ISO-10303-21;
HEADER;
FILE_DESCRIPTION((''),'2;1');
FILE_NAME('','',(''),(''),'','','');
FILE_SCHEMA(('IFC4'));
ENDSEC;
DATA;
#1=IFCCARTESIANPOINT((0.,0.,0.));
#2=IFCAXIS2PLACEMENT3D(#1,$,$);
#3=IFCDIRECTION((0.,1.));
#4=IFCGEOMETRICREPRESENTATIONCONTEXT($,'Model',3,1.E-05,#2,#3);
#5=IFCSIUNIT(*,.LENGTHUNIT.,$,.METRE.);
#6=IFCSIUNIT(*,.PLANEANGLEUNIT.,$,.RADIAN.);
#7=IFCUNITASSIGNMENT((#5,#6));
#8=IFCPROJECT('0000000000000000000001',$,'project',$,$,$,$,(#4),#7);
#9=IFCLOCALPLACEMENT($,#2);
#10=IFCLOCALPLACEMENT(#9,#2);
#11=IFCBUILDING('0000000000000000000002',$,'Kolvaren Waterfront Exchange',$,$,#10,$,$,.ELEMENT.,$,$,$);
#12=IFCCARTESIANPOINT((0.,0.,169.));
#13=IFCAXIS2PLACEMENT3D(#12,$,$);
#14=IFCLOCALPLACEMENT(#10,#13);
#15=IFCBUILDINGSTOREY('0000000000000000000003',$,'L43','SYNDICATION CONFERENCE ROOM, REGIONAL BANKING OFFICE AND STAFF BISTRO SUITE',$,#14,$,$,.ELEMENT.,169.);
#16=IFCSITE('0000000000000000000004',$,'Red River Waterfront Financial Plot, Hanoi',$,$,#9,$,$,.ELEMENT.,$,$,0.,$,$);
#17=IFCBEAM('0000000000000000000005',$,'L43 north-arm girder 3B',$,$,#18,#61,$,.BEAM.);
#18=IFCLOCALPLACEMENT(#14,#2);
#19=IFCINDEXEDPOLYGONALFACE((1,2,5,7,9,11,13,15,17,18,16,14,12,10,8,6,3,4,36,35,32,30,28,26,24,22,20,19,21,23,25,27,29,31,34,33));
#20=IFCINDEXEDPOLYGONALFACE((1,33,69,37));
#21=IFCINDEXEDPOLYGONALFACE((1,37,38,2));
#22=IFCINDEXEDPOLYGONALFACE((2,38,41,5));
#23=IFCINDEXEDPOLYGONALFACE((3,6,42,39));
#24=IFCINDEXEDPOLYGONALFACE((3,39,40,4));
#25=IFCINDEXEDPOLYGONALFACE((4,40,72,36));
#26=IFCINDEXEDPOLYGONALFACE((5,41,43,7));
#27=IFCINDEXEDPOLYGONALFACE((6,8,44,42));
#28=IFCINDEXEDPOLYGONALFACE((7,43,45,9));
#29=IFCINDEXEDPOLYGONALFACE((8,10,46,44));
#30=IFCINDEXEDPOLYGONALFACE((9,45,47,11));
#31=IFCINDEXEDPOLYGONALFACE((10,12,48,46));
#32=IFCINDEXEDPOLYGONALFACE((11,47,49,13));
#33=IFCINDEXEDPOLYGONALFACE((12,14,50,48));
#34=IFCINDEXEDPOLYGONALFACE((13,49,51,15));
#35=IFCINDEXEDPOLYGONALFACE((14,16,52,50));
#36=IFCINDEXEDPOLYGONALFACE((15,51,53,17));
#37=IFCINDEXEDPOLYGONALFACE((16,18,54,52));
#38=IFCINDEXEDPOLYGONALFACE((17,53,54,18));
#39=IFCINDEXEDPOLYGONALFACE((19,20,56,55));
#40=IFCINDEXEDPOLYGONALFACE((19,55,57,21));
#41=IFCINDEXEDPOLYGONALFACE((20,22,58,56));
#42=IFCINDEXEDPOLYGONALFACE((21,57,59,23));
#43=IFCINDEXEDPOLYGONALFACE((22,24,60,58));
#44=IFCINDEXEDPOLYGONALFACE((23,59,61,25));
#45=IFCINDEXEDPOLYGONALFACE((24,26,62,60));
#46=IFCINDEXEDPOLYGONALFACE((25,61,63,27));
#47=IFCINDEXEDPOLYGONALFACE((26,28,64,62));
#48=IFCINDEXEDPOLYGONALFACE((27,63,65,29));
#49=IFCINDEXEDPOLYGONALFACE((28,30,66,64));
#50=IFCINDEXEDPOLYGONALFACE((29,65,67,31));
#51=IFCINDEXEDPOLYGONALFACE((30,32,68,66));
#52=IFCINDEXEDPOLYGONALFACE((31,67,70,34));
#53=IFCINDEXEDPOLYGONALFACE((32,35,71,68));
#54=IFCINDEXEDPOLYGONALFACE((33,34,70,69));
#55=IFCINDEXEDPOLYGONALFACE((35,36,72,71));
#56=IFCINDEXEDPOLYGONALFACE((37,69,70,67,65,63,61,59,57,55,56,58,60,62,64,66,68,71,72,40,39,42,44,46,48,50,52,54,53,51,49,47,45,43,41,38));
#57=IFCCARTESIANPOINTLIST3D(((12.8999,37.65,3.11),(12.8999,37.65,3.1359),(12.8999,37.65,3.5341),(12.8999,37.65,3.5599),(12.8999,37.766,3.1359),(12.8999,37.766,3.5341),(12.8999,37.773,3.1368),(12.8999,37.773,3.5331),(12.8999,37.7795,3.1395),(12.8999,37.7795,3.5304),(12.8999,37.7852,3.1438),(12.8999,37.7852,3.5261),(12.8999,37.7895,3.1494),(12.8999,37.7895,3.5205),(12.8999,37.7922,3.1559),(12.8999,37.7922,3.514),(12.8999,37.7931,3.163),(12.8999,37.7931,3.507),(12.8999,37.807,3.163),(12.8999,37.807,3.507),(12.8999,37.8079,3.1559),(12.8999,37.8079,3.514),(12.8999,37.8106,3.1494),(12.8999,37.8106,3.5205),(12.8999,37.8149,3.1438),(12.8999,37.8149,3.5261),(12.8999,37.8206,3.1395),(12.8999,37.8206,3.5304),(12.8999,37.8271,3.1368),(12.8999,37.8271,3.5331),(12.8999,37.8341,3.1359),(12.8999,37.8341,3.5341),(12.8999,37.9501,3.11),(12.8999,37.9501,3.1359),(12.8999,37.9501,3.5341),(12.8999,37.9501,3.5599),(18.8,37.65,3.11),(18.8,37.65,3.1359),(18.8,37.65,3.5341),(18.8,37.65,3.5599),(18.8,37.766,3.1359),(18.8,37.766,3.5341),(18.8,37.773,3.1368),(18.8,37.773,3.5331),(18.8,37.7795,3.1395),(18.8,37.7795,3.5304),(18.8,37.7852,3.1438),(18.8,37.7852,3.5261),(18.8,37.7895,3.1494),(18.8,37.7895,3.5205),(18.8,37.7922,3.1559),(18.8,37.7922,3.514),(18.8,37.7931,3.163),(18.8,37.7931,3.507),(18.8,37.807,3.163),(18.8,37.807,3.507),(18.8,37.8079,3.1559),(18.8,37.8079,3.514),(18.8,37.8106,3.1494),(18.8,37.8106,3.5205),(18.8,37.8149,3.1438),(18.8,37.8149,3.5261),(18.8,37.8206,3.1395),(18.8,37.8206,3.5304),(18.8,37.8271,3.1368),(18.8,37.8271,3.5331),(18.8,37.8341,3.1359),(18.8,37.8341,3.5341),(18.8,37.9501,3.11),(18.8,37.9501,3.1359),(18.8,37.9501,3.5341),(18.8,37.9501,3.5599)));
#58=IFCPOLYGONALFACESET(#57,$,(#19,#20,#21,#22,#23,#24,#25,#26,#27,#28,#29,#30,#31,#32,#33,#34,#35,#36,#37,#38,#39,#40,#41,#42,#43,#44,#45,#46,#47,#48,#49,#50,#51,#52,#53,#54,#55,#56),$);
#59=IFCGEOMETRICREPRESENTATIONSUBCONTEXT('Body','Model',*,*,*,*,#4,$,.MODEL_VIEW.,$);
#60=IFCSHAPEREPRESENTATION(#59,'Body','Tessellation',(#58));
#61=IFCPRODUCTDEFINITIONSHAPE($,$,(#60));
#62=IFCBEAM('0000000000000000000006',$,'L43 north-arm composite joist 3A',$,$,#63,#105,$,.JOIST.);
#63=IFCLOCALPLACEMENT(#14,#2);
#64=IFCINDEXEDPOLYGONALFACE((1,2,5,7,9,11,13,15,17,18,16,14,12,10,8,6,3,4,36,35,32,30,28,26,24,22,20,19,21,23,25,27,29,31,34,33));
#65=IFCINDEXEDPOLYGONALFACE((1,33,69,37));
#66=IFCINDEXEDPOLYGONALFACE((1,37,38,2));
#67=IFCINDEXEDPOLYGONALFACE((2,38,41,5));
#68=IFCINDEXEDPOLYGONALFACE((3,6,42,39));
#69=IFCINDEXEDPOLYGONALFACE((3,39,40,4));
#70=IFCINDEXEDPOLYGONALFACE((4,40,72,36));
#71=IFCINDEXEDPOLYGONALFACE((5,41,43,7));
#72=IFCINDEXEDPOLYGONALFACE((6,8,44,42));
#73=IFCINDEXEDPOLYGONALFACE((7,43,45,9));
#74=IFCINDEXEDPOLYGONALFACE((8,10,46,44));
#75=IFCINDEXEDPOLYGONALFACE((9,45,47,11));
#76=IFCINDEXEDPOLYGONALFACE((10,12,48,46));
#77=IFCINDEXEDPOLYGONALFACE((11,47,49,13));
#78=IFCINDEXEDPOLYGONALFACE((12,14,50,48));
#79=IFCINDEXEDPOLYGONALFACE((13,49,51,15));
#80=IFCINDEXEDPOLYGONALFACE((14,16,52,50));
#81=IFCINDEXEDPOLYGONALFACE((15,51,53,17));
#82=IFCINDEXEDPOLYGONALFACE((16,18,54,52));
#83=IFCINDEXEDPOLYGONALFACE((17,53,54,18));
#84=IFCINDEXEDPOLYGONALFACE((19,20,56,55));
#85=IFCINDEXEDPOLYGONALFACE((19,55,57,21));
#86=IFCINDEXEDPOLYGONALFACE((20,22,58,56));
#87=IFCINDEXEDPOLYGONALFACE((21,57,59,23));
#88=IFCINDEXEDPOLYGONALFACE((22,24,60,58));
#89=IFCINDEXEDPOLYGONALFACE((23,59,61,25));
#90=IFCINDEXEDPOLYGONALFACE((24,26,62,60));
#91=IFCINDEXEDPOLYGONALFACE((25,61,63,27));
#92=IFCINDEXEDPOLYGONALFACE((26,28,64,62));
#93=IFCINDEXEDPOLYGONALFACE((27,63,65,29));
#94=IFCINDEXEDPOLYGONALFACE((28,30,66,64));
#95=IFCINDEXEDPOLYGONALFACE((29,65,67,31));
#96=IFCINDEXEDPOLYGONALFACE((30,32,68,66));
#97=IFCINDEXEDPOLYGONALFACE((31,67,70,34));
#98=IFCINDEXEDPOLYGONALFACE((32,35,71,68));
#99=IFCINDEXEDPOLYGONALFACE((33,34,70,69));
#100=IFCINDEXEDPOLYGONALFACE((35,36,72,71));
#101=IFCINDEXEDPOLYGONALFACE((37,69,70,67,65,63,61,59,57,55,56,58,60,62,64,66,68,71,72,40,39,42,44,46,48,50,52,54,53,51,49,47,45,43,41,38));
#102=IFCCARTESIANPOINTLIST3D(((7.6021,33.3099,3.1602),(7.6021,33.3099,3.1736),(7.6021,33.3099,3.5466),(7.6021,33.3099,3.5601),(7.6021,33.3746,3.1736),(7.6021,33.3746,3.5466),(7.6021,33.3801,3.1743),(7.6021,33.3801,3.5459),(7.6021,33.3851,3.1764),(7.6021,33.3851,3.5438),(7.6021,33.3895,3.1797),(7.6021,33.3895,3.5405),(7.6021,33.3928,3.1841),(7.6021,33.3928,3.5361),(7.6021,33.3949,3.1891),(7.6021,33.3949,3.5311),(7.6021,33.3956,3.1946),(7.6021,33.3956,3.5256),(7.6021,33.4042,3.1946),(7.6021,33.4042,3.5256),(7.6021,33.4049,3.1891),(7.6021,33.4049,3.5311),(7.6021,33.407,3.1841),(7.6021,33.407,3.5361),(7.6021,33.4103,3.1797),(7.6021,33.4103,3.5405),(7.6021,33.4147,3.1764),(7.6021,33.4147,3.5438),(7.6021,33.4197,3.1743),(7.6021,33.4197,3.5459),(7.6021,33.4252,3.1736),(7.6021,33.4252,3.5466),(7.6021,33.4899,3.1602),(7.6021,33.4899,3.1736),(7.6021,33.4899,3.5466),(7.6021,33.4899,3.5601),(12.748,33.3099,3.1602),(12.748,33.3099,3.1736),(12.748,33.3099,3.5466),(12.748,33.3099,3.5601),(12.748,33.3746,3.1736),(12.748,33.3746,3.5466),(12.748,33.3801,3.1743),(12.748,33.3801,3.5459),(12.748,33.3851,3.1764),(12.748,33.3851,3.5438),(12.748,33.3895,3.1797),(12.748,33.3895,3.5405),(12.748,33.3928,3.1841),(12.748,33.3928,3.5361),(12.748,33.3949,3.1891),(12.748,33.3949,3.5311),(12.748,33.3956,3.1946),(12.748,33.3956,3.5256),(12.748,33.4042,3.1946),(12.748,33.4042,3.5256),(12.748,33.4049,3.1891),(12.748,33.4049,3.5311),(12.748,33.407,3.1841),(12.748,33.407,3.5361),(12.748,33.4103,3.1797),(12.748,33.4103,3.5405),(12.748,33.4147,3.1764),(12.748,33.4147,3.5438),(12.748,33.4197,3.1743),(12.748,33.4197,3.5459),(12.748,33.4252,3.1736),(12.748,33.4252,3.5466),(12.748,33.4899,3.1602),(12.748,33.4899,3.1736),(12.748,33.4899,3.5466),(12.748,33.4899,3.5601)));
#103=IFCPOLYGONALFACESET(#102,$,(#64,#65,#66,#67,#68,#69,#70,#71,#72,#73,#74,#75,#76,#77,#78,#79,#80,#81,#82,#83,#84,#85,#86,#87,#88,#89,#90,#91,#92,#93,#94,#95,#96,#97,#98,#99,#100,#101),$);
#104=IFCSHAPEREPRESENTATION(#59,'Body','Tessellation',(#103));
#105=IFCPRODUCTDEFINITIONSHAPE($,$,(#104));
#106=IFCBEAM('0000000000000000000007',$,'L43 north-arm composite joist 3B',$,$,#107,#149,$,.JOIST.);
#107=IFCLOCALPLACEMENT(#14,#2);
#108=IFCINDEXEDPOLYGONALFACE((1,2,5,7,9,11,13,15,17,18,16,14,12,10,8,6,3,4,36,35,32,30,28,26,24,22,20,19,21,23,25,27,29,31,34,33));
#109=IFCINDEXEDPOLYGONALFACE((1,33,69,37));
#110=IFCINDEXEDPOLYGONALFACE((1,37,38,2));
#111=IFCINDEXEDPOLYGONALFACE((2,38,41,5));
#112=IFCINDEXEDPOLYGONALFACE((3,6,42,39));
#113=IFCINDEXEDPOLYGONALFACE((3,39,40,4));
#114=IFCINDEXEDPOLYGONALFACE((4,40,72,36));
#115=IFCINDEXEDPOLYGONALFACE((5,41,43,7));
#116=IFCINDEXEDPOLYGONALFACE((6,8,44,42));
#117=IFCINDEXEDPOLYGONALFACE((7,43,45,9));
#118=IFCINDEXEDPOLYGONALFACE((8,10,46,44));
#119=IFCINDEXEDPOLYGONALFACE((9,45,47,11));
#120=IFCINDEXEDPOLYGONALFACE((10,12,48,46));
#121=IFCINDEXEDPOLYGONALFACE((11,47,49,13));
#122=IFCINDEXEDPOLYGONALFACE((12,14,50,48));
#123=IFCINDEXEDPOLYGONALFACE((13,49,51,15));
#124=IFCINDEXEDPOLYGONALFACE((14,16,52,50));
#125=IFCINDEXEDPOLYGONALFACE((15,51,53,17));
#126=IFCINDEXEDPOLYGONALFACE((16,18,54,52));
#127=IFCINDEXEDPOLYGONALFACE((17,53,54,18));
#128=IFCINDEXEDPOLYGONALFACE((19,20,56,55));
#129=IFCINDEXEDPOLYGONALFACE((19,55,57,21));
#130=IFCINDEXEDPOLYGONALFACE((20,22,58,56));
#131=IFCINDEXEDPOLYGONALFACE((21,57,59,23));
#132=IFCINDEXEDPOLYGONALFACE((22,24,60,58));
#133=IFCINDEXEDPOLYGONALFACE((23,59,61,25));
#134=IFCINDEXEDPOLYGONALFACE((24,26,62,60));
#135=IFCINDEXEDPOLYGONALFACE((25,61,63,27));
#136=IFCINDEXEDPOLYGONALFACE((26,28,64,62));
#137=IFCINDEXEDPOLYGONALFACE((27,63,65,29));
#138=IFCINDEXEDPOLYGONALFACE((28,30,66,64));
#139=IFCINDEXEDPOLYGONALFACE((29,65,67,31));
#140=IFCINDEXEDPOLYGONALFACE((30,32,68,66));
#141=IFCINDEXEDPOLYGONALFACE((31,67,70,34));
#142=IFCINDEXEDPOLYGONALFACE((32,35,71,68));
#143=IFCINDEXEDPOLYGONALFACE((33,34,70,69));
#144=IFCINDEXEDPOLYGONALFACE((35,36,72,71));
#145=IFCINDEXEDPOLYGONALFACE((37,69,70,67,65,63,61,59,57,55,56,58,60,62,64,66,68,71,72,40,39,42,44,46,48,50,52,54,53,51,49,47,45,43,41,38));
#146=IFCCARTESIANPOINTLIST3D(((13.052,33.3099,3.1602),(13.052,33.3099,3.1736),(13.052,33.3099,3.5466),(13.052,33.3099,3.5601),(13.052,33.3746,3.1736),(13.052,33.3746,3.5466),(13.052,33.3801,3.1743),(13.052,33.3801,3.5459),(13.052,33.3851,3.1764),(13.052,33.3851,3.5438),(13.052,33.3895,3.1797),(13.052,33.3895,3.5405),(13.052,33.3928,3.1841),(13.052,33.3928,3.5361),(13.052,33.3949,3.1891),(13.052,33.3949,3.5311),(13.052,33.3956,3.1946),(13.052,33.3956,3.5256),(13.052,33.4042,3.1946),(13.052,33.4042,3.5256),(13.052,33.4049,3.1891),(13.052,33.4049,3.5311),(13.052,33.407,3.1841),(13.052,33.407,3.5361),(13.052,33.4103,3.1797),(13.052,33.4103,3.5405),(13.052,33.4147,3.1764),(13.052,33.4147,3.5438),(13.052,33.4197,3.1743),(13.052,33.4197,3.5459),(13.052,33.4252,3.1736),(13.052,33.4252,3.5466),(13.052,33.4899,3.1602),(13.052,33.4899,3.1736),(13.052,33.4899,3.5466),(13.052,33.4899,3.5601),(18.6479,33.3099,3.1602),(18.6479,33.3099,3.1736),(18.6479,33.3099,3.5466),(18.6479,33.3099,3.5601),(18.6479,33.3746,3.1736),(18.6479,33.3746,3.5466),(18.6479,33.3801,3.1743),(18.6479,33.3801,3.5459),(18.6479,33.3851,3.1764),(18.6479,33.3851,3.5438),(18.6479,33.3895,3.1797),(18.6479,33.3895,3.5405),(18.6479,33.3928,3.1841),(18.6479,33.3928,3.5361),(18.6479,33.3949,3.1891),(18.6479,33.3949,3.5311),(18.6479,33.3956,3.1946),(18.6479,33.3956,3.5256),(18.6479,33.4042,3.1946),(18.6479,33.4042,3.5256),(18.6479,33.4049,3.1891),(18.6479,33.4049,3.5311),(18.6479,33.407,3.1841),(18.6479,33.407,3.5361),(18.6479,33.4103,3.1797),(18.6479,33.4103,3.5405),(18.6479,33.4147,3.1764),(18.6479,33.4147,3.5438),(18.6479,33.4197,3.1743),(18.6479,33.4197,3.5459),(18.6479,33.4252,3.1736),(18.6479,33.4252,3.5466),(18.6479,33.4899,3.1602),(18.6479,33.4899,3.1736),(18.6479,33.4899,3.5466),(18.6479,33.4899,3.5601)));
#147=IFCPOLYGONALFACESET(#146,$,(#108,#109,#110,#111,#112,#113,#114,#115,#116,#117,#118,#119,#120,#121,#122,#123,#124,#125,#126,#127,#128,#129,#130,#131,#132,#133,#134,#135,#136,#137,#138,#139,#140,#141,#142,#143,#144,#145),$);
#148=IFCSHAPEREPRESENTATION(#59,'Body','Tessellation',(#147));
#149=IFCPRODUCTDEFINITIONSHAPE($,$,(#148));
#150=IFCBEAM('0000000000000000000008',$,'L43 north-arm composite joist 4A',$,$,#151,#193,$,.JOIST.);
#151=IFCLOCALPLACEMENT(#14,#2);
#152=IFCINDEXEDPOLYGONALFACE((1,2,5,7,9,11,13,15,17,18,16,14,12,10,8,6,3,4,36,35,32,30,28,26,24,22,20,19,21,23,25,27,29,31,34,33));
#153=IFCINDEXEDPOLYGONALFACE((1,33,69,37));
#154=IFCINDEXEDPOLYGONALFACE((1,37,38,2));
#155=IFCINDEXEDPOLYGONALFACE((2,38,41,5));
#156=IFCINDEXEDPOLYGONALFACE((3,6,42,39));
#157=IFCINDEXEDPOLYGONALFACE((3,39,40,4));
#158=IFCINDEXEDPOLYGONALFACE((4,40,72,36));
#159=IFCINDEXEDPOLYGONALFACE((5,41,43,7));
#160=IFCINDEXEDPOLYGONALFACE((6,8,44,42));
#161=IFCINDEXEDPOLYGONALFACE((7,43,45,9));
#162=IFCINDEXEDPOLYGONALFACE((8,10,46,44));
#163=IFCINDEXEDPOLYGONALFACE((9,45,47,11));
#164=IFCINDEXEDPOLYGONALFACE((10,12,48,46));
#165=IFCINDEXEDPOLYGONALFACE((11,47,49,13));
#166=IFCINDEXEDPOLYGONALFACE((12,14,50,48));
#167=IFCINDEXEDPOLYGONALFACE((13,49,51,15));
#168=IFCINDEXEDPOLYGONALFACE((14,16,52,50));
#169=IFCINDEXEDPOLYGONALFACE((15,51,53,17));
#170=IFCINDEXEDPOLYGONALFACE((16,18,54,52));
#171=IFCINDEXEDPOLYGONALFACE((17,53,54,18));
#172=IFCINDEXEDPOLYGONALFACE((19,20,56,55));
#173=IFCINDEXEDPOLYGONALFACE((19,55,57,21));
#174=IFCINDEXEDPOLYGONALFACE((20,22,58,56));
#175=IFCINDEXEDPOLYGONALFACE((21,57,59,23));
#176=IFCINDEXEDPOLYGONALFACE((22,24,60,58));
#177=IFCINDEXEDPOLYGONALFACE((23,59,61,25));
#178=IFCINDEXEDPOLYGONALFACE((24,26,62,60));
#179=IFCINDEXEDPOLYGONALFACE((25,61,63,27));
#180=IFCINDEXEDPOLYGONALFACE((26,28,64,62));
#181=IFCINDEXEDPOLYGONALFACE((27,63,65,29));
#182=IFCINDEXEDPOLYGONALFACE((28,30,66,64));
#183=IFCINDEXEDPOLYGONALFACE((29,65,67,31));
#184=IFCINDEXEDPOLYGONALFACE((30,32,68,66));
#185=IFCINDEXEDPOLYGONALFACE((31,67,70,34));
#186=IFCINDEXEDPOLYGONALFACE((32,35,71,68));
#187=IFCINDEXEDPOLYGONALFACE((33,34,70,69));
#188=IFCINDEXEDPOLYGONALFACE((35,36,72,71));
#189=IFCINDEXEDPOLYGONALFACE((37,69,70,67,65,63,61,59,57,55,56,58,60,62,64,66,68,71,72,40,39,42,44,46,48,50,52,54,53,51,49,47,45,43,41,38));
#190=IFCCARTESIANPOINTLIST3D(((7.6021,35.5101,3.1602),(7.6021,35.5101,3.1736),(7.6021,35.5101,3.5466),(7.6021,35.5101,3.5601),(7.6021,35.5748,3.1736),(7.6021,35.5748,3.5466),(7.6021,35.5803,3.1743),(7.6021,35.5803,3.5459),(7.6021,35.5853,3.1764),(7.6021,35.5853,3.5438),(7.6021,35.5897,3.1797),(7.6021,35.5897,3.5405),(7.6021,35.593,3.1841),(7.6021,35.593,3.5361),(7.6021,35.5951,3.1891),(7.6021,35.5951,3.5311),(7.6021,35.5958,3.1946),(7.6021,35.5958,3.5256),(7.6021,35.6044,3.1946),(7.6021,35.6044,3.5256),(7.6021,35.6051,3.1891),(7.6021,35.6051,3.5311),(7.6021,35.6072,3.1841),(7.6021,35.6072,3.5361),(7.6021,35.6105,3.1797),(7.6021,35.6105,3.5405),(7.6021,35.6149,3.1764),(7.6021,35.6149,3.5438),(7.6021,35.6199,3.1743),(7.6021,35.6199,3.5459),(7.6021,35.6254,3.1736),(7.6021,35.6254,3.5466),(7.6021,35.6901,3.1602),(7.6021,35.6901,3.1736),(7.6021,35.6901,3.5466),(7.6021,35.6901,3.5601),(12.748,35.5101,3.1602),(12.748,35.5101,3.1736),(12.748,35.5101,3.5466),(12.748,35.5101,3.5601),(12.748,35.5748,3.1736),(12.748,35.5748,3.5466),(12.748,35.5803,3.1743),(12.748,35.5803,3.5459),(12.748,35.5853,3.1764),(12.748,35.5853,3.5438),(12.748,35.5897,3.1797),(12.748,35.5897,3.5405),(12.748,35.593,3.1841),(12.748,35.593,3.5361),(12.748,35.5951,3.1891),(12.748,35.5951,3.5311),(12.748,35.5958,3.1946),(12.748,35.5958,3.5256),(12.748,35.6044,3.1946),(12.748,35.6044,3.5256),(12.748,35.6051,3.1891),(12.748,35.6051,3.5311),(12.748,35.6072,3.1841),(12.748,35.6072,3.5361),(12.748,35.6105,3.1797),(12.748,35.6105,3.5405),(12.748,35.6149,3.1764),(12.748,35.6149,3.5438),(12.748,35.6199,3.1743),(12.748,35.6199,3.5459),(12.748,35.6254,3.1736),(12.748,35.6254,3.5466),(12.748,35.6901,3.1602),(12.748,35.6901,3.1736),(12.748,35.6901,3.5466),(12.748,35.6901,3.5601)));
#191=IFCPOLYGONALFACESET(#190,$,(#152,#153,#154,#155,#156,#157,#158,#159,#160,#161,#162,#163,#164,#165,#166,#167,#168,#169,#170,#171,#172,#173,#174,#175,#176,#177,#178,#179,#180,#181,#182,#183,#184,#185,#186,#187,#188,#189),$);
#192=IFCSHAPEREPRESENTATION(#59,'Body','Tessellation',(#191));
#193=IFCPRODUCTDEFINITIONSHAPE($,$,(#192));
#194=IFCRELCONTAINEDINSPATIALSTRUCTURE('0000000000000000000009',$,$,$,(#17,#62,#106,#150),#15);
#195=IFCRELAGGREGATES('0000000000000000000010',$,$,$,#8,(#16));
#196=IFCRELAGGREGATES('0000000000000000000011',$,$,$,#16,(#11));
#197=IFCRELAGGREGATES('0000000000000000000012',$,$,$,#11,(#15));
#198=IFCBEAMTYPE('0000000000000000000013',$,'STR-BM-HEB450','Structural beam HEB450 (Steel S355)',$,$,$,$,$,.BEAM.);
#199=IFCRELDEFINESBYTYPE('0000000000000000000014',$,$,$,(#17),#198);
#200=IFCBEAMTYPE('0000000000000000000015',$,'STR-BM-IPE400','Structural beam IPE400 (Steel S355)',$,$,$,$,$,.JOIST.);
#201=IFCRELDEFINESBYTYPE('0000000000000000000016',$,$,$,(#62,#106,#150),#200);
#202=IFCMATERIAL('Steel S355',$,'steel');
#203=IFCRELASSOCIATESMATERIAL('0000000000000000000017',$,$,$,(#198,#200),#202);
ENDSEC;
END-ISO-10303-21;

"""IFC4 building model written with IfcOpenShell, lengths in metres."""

from ifc_helpers import new_model, si_unit, direction, frame, origin, origin_2d, place, context, subcontext, project, spatial, i_section, extrude, material, material_profile, profile_set, type_object, element, save


model = new_model("IFC4")

# Units and contexts
model_context = context("Model", 3, precision=1e-05, world=origin(), true_north=direction((0.0, 1.0)))
body_context = subcontext(model_context, "Body", "Model", "MODEL_VIEW")
ifc_project = project(units=[si_unit("LENGTHUNIT", "METRE"), si_unit("PLANEANGLEUNIT", "RADIAN")], contexts=[model_context])

# Site, building, storey
site_placement = place(None, origin())
site = spatial("IfcSite", under=ifc_project, at=site_placement, Name="Red River Waterfront Financial Plot, Hanoi", CompositionType="ELEMENT", RefElevation=0.0)
building_placement = place(site_placement, origin())
building = spatial("IfcBuilding", under=site, at=building_placement, Name="Kolvaren Waterfront Exchange", CompositionType="ELEMENT")
storey_placement = place(building_placement, frame((0.0, 0.0, 169.0)))
storey = spatial("IfcBuildingStorey", under=building, at=storey_placement, Name="L43", Description="SYNDICATION CONFERENCE ROOM, REGIONAL BANKING OFFICE AND STAFF BISTRO SUITE", CompositionType="ELEMENT", Elevation=169.0)

# Beams
ifc_material_1 = material(Name="Steel S355", Category="steel")
ifc_material_profile_1 = material_profile(ifc_material_1, i_section(OverallWidth=0.3, OverallDepth=0.45, WebThickness=0.0139, FlangeThickness=0.0259, FilletRadius=0.0271, at=origin_2d()), Name="HEB450")
ifc_profile_set_1 = profile_set([ifc_material_profile_1], Name="Steel S355")
beam_type_1 = type_object("IfcBeamType", Name="STR-BM-HEB450", Description="Structural beam HEB450 (Steel S355)", PredefinedType="BEAM", material=ifc_profile_set_1)
beam_1_placement = place(storey_placement, frame((12.8999, 37.8, 3.335), z_axis=(1.0, 0.0, 0.0), x_axis=(0.0, 1.0, 0.0)))
element("IfcBeam", 1, at=beam_1_placement, inside=storey, type_object=beam_type_1, Name="L43 north-arm girder 3B", PredefinedType="BEAM", context=body_context, shape_type="SweptSolid", body=[
    extrude(i_section(OverallWidth=0.3, OverallDepth=0.45, WebThickness=0.0139, FlangeThickness=0.0259, FilletRadius=0.0271, at=origin_2d()), origin(), (0.0, 0.0, 1.0), 5.9001),
])
ifc_material_profile_2 = material_profile(ifc_material_1, i_section(OverallWidth=0.1799, OverallDepth=0.3999, WebThickness=0.0085, FlangeThickness=0.0134, FilletRadius=0.021, at=origin_2d()), Name="IPE400")
ifc_profile_set_2 = profile_set([ifc_material_profile_2], Name="Steel S355")
beam_type_2 = type_object("IfcBeamType", Name="STR-BM-IPE400", Description="Structural beam IPE400 (Steel S355)", PredefinedType="JOIST", material=ifc_profile_set_2)
beam_2_placement = place(storey_placement, frame((7.6021, 33.3999, 3.3601), z_axis=(1.0, 0.0, 0.0), x_axis=(0.0, 1.0, 0.0)))
element("IfcBeam", 2, at=beam_2_placement, inside=storey, type_object=beam_type_2, Name="L43 north-arm composite joist 3A", PredefinedType="JOIST", context=body_context, shape_type="SweptSolid", body=[
    extrude(i_section(OverallWidth=0.1799, OverallDepth=0.3999, WebThickness=0.0085, FlangeThickness=0.0134, FilletRadius=0.021, at=origin_2d()), origin(), (0.0, 0.0, 1.0), 5.146),
])
beam_3_placement = place(storey_placement, frame((13.052, 33.3999, 3.3601), z_axis=(1.0, 0.0, 0.0), x_axis=(0.0, 1.0, 0.0)))
element("IfcBeam", 3, at=beam_3_placement, inside=storey, type_object=beam_type_2, Name="L43 north-arm composite joist 3B", PredefinedType="JOIST", context=body_context, shape_type="SweptSolid", body=[
    extrude(i_section(OverallWidth=0.1799, OverallDepth=0.3999, WebThickness=0.0085, FlangeThickness=0.0134, FilletRadius=0.021, at=origin_2d()), origin(), (0.0, 0.0, 1.0), 5.5959),
])
beam_4_placement = place(storey_placement, frame((7.6021, 35.6001, 3.3601), z_axis=(1.0, 0.0, 0.0), x_axis=(0.0, 1.0, 0.0)))
element("IfcBeam", 4, at=beam_4_placement, inside=storey, type_object=beam_type_2, Name="L43 north-arm composite joist 4A", PredefinedType="JOIST", context=body_context, shape_type="SweptSolid", body=[
    extrude(i_section(OverallWidth=0.1799, OverallDepth=0.3999, WebThickness=0.0085, FlangeThickness=0.0134, FilletRadius=0.021, at=origin_2d()), origin(), (0.0, 0.0, 1.0), 5.146),
])

save(model, "model.ifc")
